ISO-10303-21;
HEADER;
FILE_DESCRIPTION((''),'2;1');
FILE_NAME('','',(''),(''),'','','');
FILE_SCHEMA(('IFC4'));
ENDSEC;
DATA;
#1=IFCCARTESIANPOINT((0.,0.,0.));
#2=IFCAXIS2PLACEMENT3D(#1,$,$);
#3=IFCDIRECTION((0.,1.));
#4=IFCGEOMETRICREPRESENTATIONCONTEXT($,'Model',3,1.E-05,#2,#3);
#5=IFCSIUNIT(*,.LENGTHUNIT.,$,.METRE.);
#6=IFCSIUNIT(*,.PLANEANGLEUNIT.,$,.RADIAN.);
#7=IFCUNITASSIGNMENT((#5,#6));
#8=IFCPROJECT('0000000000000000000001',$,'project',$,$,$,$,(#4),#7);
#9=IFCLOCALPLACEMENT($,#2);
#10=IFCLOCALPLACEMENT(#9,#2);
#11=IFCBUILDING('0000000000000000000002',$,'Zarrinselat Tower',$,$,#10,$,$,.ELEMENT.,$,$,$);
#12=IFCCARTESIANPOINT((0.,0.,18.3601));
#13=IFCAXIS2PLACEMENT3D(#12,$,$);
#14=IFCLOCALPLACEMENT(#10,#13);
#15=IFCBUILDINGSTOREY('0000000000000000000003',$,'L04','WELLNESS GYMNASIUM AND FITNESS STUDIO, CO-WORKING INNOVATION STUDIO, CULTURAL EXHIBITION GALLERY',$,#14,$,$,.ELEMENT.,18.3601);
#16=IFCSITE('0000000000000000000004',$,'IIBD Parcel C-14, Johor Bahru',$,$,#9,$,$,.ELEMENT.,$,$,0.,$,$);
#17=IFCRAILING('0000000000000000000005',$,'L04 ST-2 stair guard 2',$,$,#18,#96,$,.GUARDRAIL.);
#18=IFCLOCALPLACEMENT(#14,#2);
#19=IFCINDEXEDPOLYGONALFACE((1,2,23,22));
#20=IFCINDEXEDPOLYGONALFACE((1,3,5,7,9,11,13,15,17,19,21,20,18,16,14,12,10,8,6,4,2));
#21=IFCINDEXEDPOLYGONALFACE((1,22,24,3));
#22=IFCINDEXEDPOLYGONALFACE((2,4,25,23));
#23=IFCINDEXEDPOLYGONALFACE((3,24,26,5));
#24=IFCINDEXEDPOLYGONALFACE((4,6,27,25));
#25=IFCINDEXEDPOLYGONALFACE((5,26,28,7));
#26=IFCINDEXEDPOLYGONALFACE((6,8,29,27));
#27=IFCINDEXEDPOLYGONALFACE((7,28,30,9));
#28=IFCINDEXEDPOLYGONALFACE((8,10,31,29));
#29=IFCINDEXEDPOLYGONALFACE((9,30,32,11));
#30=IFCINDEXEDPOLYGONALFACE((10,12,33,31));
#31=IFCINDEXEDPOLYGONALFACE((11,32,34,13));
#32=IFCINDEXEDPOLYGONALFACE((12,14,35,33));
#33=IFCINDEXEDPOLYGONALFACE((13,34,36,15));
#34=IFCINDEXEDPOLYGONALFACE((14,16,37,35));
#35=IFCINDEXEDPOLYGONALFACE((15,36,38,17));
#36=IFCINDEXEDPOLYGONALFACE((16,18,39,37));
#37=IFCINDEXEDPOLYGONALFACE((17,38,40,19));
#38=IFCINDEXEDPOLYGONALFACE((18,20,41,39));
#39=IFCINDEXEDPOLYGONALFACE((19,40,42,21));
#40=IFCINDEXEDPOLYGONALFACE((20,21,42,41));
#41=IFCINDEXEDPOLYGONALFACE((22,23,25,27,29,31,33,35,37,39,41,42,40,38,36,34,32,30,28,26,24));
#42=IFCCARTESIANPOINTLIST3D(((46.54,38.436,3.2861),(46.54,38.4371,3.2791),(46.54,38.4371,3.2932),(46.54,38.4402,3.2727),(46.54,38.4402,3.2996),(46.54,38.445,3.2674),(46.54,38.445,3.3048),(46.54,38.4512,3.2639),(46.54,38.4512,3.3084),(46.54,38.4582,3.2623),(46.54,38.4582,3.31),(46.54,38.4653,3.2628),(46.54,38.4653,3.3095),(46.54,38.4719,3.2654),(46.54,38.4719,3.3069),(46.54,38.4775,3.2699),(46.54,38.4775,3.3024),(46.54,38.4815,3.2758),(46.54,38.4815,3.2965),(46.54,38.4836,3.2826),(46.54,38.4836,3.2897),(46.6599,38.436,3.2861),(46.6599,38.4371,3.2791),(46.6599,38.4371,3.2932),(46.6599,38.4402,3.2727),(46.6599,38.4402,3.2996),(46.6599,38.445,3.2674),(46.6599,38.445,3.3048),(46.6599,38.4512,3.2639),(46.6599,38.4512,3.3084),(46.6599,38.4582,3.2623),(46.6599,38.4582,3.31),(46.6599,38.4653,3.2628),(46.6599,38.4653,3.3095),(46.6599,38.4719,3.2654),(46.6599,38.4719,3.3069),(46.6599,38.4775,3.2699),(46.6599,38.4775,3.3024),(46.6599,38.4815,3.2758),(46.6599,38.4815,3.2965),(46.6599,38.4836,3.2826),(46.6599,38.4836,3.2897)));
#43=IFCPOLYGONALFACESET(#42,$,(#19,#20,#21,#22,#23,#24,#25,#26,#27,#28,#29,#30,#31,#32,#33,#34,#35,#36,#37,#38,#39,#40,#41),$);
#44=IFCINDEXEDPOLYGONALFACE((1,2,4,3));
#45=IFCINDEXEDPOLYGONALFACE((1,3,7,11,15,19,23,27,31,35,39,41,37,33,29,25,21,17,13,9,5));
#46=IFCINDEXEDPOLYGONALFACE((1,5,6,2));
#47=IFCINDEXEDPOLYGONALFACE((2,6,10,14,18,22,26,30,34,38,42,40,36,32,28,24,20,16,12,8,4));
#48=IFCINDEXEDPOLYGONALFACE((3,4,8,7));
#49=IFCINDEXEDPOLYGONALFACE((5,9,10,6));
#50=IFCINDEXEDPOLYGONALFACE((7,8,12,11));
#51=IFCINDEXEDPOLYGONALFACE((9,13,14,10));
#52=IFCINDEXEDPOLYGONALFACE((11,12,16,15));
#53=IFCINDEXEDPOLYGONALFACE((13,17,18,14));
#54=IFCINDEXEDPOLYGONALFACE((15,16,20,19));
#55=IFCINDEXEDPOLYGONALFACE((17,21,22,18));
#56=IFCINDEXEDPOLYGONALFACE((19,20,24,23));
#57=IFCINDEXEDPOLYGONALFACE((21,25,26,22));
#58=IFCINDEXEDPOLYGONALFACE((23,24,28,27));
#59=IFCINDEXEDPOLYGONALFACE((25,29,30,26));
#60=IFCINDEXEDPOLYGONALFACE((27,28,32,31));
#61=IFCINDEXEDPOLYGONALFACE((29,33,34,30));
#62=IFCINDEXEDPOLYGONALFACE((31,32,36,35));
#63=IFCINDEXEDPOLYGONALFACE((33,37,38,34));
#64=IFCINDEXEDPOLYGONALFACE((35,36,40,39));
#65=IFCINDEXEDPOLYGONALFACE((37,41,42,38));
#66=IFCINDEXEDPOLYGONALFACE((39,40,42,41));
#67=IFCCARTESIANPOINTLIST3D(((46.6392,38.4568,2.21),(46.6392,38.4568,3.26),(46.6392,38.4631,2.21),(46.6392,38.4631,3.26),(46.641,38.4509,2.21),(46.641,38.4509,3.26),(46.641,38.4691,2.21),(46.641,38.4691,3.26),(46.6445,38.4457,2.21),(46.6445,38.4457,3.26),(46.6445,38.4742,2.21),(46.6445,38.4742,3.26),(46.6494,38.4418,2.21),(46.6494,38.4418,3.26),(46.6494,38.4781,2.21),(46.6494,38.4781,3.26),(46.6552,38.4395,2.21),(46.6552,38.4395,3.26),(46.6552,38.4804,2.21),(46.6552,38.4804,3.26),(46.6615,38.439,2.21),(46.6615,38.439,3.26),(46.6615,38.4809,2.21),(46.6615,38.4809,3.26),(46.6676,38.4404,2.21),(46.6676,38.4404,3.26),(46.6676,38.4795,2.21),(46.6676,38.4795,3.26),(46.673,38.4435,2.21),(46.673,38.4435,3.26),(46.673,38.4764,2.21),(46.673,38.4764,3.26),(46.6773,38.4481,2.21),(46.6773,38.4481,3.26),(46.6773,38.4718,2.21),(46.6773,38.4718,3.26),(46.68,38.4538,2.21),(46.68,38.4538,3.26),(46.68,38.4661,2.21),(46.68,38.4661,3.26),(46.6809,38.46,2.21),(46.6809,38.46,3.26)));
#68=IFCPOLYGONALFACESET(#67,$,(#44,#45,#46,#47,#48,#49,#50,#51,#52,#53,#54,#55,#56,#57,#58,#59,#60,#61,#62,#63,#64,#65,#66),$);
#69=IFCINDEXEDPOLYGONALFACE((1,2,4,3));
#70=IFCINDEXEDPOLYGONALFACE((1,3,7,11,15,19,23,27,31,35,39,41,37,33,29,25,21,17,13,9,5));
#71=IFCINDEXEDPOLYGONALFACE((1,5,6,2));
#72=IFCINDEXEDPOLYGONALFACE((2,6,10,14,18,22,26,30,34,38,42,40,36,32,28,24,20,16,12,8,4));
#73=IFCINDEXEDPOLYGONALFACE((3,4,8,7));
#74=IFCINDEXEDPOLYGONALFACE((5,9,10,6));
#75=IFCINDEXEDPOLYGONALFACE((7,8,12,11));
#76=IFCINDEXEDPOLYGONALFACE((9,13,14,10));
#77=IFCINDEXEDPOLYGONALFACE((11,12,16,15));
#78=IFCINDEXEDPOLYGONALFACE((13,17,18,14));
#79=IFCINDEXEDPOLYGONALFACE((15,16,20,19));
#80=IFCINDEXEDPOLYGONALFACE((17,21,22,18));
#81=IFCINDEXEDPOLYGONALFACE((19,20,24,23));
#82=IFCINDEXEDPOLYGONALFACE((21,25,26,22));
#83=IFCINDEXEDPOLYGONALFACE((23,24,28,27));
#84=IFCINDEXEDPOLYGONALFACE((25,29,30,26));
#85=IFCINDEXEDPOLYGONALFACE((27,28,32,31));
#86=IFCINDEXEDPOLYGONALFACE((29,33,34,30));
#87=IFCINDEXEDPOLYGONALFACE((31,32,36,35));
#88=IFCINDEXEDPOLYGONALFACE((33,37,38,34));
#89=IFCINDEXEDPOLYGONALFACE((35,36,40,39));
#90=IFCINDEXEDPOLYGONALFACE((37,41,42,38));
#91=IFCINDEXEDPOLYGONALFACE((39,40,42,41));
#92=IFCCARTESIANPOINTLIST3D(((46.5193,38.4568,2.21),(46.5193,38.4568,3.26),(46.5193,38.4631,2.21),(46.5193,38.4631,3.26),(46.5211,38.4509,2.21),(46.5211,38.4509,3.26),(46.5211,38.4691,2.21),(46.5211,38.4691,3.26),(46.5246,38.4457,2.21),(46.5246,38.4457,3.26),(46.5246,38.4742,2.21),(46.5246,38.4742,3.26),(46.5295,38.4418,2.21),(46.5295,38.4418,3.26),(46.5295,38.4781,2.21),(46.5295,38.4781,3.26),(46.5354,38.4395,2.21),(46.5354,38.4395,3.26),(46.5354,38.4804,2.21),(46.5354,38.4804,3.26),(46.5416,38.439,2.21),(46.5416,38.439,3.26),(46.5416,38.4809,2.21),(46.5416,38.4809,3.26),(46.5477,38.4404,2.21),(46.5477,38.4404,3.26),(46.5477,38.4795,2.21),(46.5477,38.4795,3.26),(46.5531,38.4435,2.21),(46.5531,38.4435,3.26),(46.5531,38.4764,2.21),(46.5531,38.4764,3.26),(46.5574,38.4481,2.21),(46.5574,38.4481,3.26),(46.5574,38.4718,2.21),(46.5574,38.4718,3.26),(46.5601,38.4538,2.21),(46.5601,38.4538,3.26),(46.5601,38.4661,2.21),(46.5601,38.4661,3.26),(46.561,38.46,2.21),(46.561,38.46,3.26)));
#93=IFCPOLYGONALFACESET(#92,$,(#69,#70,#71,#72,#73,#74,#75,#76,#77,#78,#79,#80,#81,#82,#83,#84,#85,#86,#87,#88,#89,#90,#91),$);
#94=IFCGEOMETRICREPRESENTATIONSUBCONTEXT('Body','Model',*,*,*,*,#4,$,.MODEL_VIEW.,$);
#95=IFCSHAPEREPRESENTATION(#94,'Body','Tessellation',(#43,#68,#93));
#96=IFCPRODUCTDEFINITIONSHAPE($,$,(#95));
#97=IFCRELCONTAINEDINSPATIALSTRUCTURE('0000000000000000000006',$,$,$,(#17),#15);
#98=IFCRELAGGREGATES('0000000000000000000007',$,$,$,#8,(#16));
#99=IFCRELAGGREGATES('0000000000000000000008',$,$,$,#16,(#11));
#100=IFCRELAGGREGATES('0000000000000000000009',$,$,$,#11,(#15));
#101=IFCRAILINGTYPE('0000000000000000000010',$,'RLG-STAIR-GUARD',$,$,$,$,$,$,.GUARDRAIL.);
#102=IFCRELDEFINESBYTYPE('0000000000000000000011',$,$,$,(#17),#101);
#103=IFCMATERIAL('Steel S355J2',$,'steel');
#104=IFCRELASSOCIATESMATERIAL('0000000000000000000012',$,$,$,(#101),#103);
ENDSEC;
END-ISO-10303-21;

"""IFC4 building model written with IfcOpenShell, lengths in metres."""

from ifc_helpers import new_model, si_unit, direction, frame, origin, origin_2d, place, context, subcontext, project, spatial, circle, extrude, material, type_object, element, save


model = new_model("IFC4")

# Units and contexts
model_context = context("Model", 3, precision=1e-05, world=origin(), true_north=direction((0.0, 1.0)))
body_context = subcontext(model_context, "Body", "Model", "MODEL_VIEW")
ifc_project = project(units=[si_unit("LENGTHUNIT", "METRE"), si_unit("PLANEANGLEUNIT", "RADIAN")], contexts=[model_context])

# Site, building, storey
site_placement = place(None, origin())
site = spatial("IfcSite", under=ifc_project, at=site_placement, Name="IIBD Parcel C-14, Johor Bahru", CompositionType="ELEMENT", RefElevation=0.0)
building_placement = place(site_placement, origin())
building = spatial("IfcBuilding", under=site, at=building_placement, Name="Zarrinselat Tower", CompositionType="ELEMENT")
storey_placement = place(building_placement, frame((0.0, 0.0, 18.3601)))
storey = spatial("IfcBuildingStorey", under=building, at=storey_placement, Name="L04", Description="WELLNESS GYMNASIUM AND FITNESS STUDIO, CO-WORKING INNOVATION STUDIO, CULTURAL EXHIBITION GALLERY", CompositionType="ELEMENT", Elevation=18.3601)

# Railing
ifc_material_1 = material(Name="Steel S355J2", Category="steel")
railing_type_1 = type_object("IfcRailingType", Name="RLG-STAIR-GUARD", PredefinedType="GUARDRAIL", material=ifc_material_1)
railing_1_placement = place(storey_placement, frame((46.6599, 38.46, 2.21)))
element("IfcRailing", 1, at=railing_1_placement, inside=storey, type_object=railing_type_1, Name="L04 ST-2 stair guard 2", PredefinedType="GUARDRAIL", context=body_context, shape_type="SweptSolid", body=[
    extrude(circle(Radius=0.0239, at=origin_2d()), frame((0.0, 0.0, 1.0762), z_axis=(-1.0, 0.0, 0.0), x_axis=(0.0, -1.0, 0.0)), (0.0, 0.0, 1.0), 0.1199),
    extrude(circle(Radius=0.021, at=origin_2d()), origin(), (0.0, 0.0, 1.0), 1.05),
    extrude(circle(Radius=0.021, at=origin_2d()), frame((-0.1199, 0.0, 0.0)), (0.0, 0.0, 1.0), 1.05),
])

save(model, "model.ifc")
